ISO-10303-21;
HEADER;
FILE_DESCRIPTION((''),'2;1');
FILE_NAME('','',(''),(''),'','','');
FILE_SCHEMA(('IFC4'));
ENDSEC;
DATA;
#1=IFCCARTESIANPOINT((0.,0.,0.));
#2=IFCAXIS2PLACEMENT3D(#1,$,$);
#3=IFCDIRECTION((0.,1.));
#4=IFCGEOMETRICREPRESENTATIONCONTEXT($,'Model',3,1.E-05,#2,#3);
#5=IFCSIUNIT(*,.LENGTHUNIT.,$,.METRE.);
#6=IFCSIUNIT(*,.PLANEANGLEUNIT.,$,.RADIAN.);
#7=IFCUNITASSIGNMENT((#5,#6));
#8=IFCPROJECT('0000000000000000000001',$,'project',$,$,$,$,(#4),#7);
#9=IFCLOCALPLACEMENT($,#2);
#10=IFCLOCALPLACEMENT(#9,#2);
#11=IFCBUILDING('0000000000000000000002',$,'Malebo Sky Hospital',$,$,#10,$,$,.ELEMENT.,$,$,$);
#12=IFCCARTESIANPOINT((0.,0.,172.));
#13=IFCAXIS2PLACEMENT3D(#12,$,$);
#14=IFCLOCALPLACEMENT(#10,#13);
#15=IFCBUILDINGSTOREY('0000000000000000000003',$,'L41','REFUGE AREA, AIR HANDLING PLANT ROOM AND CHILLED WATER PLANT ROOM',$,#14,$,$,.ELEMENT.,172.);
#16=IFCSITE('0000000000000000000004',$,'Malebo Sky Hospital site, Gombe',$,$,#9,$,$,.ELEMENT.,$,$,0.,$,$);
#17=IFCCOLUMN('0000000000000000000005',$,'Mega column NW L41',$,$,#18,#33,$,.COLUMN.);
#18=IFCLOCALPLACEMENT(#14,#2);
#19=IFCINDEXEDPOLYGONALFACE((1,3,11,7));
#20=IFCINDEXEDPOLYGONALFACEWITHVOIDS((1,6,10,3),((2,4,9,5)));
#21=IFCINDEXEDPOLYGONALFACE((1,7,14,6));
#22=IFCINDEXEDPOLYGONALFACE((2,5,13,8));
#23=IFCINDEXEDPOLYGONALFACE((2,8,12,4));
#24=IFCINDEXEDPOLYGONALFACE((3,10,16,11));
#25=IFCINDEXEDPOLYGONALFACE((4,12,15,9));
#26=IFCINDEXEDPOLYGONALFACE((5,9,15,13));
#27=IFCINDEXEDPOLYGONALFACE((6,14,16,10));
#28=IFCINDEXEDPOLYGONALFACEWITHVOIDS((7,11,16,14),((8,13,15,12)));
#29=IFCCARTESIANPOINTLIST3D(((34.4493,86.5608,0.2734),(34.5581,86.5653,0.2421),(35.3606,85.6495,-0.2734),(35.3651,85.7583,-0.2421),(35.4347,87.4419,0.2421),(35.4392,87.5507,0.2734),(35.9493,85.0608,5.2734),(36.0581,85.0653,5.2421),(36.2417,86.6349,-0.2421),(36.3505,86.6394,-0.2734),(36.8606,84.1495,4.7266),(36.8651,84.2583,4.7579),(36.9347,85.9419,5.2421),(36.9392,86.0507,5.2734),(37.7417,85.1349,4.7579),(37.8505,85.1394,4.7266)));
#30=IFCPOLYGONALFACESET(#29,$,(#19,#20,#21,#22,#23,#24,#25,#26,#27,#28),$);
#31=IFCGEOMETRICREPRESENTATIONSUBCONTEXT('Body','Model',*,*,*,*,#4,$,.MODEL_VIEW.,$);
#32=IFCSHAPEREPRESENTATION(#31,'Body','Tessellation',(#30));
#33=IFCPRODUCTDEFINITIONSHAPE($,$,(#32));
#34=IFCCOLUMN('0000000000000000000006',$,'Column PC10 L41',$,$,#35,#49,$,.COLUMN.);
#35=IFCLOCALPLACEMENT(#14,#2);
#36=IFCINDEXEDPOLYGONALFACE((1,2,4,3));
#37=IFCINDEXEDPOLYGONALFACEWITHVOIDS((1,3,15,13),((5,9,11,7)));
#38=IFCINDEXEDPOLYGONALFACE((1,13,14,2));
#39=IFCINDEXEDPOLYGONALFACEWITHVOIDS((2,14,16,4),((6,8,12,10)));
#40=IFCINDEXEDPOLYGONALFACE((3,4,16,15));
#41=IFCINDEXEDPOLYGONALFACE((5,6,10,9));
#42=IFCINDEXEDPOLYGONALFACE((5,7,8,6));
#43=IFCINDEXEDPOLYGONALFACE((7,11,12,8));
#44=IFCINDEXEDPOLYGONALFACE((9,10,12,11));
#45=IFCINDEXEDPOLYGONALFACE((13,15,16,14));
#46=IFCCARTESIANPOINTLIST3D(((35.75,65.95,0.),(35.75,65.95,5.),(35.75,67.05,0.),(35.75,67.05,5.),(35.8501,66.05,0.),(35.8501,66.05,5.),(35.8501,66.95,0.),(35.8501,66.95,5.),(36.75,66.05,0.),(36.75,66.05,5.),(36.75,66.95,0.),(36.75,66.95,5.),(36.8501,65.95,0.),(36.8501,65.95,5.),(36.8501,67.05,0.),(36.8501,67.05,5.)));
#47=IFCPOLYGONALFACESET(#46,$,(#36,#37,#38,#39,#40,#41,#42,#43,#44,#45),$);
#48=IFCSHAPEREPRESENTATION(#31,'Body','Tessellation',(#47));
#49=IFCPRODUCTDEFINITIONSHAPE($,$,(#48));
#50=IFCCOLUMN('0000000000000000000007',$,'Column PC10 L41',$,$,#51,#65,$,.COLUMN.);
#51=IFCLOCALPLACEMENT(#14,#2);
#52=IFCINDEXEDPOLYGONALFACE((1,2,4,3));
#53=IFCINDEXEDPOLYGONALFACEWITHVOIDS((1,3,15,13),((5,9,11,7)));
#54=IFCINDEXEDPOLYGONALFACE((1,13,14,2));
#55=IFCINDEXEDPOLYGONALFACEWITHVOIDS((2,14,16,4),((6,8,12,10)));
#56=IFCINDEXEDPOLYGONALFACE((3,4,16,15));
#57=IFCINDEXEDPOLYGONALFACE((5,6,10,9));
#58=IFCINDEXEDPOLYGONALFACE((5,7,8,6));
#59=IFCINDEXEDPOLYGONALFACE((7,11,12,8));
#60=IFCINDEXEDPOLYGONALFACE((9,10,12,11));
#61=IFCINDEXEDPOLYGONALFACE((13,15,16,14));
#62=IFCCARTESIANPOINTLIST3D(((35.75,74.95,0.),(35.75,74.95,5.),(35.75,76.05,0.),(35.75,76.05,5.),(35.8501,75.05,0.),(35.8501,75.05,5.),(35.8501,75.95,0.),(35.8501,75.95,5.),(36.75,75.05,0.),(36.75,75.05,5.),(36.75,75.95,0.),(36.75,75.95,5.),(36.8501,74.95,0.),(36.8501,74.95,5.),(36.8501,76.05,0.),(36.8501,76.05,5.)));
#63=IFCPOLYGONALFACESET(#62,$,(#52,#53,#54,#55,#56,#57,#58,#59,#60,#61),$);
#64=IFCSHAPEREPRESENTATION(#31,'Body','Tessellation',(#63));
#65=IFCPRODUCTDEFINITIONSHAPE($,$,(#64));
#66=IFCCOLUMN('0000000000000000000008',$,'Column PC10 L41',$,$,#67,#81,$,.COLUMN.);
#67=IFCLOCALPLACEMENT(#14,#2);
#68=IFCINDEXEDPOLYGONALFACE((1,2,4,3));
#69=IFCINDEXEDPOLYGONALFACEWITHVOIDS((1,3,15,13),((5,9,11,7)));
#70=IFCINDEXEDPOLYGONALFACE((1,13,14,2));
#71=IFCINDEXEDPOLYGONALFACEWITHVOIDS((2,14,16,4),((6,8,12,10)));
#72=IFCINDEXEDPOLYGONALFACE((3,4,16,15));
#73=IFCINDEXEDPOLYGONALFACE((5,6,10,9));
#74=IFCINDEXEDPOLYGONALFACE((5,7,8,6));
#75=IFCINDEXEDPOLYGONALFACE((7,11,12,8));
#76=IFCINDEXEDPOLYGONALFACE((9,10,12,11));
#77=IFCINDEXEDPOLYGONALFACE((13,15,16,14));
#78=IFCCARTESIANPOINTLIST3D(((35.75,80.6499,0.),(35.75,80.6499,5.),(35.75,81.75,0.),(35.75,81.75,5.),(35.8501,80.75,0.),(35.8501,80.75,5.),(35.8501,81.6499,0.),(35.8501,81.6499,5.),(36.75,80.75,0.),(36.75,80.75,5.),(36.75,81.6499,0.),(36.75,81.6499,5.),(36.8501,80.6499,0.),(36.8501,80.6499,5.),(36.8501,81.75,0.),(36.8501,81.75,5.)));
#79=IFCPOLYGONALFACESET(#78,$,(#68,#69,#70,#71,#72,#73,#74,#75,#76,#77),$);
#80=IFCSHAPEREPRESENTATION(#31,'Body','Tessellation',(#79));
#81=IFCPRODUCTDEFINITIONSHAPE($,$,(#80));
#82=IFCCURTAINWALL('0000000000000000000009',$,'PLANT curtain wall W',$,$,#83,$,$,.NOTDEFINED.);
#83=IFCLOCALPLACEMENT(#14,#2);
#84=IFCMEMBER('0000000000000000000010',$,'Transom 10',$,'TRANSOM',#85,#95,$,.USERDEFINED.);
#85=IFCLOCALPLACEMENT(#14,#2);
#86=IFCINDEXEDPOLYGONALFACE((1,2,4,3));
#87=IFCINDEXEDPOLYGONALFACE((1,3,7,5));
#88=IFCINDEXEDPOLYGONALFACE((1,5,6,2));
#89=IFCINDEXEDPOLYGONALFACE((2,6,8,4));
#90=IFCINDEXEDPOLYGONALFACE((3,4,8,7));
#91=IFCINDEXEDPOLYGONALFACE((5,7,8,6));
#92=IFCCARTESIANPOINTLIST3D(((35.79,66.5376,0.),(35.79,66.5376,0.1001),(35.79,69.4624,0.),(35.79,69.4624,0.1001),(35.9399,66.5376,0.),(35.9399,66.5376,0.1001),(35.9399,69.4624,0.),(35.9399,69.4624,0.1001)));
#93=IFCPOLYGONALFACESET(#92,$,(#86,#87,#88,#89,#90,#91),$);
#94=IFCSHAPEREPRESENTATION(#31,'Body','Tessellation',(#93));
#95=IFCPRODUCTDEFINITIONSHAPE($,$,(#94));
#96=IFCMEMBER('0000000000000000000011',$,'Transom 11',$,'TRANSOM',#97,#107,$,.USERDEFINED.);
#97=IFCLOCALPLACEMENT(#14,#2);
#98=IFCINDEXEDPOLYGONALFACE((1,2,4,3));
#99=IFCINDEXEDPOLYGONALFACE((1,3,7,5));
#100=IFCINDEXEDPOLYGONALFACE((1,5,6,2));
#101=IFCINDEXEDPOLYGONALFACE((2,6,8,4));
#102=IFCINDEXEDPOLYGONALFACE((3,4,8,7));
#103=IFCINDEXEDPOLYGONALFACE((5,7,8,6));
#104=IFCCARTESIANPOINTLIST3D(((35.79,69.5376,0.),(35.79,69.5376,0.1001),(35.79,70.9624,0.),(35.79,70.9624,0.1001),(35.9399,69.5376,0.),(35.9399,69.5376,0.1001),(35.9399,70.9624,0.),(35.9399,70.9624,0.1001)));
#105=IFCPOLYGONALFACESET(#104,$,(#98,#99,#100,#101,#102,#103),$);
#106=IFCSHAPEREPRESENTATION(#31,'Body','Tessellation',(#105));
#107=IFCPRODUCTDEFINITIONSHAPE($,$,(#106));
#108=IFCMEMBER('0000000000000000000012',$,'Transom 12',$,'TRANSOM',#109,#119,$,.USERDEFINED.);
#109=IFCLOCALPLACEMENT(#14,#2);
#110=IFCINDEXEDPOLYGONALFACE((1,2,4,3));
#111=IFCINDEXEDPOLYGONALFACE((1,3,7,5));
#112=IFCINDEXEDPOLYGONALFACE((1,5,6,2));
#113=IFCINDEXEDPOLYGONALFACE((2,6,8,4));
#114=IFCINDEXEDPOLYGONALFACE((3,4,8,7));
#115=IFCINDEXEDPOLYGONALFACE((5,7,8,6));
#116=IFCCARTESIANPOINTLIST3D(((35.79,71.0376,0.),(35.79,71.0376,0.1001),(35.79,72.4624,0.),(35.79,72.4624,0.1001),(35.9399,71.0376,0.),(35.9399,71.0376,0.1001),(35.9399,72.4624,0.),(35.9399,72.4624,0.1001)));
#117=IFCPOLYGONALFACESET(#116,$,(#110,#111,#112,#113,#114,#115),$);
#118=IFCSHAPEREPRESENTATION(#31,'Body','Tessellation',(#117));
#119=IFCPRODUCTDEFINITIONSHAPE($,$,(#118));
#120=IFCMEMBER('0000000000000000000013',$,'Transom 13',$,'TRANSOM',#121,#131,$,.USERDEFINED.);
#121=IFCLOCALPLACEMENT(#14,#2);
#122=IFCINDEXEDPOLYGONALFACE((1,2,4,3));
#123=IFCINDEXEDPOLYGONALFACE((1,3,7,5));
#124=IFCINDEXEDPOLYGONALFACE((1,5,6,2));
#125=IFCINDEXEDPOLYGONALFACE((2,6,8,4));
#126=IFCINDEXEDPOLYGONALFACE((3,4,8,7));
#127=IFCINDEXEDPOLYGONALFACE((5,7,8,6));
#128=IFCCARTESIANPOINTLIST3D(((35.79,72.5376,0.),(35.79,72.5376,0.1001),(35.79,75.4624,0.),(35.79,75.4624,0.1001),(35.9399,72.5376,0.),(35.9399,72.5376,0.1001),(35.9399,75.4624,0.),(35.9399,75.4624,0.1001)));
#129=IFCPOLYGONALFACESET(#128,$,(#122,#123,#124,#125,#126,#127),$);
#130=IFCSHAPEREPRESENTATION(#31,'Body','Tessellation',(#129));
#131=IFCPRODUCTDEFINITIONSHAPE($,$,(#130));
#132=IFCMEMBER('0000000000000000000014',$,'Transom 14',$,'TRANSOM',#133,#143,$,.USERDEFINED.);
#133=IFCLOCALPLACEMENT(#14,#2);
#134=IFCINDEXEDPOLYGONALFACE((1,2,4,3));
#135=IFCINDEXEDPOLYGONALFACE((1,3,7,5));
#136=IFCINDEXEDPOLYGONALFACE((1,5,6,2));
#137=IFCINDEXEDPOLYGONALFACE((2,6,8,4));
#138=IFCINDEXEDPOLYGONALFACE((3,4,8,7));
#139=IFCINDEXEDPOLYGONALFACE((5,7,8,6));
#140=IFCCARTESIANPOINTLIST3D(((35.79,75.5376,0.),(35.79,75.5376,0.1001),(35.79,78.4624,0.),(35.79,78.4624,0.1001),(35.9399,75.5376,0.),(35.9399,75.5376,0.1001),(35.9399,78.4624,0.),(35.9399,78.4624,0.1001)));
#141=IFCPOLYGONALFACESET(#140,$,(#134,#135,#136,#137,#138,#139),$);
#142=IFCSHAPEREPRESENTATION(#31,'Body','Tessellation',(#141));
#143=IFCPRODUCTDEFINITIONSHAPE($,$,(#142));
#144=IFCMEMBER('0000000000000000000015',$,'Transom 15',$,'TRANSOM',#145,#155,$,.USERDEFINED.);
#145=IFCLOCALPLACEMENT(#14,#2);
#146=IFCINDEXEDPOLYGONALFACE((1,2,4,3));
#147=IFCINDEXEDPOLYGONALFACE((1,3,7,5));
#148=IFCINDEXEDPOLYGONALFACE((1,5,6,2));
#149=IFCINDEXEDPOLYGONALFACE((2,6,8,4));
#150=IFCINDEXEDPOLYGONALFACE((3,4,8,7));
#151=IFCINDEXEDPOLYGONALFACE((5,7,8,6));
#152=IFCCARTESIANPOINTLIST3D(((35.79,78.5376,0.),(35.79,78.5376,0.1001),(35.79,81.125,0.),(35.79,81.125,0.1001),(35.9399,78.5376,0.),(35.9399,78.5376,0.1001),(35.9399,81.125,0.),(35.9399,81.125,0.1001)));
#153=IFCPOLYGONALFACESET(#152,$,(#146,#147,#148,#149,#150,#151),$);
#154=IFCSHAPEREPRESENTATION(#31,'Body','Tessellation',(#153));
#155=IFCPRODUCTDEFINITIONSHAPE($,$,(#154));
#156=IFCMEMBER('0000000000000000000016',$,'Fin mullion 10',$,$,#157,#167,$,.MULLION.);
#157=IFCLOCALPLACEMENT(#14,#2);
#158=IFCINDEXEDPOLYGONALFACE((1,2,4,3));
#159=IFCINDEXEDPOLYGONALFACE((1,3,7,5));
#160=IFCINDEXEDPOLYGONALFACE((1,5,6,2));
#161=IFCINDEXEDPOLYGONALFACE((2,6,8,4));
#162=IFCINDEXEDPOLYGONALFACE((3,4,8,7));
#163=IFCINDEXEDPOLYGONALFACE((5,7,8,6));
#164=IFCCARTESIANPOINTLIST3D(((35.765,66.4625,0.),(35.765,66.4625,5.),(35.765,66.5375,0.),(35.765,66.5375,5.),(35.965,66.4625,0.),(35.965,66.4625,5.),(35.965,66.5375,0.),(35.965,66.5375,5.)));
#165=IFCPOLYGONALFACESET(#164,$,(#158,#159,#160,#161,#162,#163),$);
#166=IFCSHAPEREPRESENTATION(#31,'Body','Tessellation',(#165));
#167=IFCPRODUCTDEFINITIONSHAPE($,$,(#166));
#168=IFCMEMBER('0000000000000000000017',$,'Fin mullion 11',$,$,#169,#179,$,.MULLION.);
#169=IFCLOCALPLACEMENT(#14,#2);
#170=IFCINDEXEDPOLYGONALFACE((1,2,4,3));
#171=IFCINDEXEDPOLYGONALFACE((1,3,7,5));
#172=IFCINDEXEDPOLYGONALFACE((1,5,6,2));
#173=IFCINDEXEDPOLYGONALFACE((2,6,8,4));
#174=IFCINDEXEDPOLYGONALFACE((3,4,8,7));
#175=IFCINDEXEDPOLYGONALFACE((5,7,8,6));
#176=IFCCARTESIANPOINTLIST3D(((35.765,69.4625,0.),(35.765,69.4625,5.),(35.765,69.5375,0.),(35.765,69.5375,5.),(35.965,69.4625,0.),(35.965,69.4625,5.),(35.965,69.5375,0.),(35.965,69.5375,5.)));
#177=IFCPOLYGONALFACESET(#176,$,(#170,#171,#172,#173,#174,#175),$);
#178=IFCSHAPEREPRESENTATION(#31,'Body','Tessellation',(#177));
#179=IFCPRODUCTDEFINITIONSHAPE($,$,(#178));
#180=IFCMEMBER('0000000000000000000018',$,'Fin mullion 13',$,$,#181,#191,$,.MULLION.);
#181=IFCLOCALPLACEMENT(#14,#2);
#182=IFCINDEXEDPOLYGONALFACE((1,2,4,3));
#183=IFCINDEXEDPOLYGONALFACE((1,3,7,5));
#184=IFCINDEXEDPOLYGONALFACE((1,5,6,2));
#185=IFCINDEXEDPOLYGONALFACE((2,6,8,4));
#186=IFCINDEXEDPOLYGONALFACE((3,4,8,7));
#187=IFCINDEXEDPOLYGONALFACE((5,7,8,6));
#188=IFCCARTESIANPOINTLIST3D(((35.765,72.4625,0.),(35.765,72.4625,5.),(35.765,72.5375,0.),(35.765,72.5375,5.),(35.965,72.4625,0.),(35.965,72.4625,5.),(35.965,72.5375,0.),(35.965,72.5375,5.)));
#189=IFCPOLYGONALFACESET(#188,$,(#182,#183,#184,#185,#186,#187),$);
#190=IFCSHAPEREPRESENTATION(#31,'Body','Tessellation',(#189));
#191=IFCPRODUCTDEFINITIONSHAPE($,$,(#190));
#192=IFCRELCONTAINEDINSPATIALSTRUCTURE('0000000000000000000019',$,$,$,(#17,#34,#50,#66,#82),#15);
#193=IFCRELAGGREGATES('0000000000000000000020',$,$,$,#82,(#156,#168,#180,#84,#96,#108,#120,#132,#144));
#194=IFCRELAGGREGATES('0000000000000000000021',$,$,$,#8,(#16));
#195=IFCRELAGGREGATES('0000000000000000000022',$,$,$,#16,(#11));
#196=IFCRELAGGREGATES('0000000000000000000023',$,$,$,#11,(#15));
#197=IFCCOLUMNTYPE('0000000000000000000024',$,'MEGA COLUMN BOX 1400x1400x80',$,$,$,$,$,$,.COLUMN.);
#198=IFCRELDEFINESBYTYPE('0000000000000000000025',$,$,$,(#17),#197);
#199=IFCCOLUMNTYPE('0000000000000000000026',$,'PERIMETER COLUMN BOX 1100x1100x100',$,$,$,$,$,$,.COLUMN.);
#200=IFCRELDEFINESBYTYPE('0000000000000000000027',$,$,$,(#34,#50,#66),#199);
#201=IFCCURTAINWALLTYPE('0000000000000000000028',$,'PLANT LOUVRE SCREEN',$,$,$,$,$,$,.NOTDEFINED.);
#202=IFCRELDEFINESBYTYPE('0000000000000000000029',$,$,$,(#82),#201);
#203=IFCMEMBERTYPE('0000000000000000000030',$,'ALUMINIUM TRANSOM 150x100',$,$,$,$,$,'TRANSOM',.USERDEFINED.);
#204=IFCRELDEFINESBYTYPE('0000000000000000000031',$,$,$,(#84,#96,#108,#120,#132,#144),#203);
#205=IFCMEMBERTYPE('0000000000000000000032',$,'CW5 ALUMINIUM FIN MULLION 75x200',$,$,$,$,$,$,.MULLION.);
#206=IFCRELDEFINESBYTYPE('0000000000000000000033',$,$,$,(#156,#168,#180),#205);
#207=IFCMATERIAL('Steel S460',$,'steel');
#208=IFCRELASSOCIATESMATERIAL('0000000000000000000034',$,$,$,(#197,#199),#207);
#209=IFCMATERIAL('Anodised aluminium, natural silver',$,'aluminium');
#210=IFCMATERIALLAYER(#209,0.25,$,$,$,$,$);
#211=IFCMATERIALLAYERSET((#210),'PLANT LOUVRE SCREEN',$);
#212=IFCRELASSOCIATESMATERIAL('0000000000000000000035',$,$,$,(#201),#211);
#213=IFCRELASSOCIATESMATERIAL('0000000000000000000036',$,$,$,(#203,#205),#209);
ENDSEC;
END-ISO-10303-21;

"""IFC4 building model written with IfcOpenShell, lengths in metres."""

from ifc_helpers import new_model, si_unit, direction, frame, origin, origin_2d, place, context, subcontext, project, spatial, rectangle, hollow_rectangle, extrude, material, layer, layer_set, material_profile, profile_set, type_object, element, aggregate, save


model = new_model("IFC4")

# Units and contexts
model_context = context("Model", 3, precision=1e-05, world=origin(), true_north=direction((0.0, 1.0)))
body_context = subcontext(model_context, "Body", "Model", "MODEL_VIEW")
ifc_project = project(units=[si_unit("LENGTHUNIT", "METRE"), si_unit("PLANEANGLEUNIT", "RADIAN")], contexts=[model_context])

# Site, building, storey
site_placement = place(None, origin())
site = spatial("IfcSite", under=ifc_project, at=site_placement, Name="Malebo Sky Hospital site, Gombe", CompositionType="ELEMENT", RefElevation=0.0)
building_placement = place(site_placement, origin())
building = spatial("IfcBuilding", under=site, at=building_placement, Name="Malebo Sky Hospital", CompositionType="ELEMENT")
storey_placement = place(building_placement, frame((0.0, 0.0, 172.0)))
storey = spatial("IfcBuildingStorey", under=building, at=storey_placement, Name="L41", Description="REFUGE AREA, AIR HANDLING PLANT ROOM AND CHILLED WATER PLANT ROOM", CompositionType="ELEMENT", Elevation=172.0)

# Columns
ifc_material_1 = material(Name="Steel S460", Category="steel")
ifc_material_profile_1 = material_profile(ifc_material_1, hollow_rectangle(XDim=1.3999, YDim=1.3999, WallThickness=0.0801, at=origin_2d()), Name="BOX 1400x1400x80")
ifc_profile_set_1 = profile_set([ifc_material_profile_1], Name="Steel S460")
column_type_1 = type_object("IfcColumnType", Name="MEGA COLUMN BOX 1400x1400x80", PredefinedType="COLUMN", material=ifc_profile_set_1)
column_placement = place(storey_placement, frame((35.3999, 86.6001, 0.0), z_axis=(0.276172, -0.276172, 0.920575), x_axis=(0.707107, 0.707107, 0.0)))
element("IfcColumn", 1, at=column_placement, inside=storey, type_object=column_type_1, Name="Mega column NW L41", PredefinedType="COLUMN", context=body_context, shape_type="SweptSolid", body=[
    extrude(hollow_rectangle(XDim=1.3999, YDim=1.3999, WallThickness=0.0801, at=origin_2d()), origin(), (0.0, 0.0, 1.0), 5.4314),
])
ifc_material_profile_2 = material_profile(ifc_material_1, hollow_rectangle(XDim=1.1001, YDim=1.1001, WallThickness=0.1001, at=origin_2d()), Name="BOX 1100x1100x100")
ifc_profile_set_2 = profile_set([ifc_material_profile_2], Name="Steel S460")
column_type_2 = type_object("IfcColumnType", Name="PERIMETER COLUMN BOX 1100x1100x100", PredefinedType="COLUMN", material=ifc_profile_set_2)
for number, where, z_axis, x_axis, name in (
    (2, (36.3, 66.5, 0.0), (0.0, 0.0, 1.0), (1.0, 0.0, 0.0), "Column PC10 L41"),
    (3, (36.3, 75.5, 0.0), (0.0, 0.0, 1.0), (1.0, 0.0, 0.0), "Column PC10 L41"),
    (4, (36.3, 81.2, 0.0), (0.0, 0.0, 1.0), (1.0, 0.0, 0.0), "Column PC10 L41"),
):
    element("IfcColumn", number, at=place(storey_placement, frame(where, z_axis=z_axis, x_axis=x_axis)), inside=storey, type_object=column_type_2, Name=name, PredefinedType="COLUMN", context=body_context, shape_type="SweptSolid", body=[
        extrude(hollow_rectangle(XDim=1.1001, YDim=1.1001, WallThickness=0.1001, at=origin_2d()), origin(), (0.0, 0.0, 1.0), 5.0),
    ])

# Curtain wall, members
ifc_material_2 = material(Name="Anodised aluminium, natural silver", Category="aluminium")
ifc_layer_1 = layer(ifc_material_2, 0.25)
ifc_layer_set_1 = layer_set([ifc_layer_1], Name="PLANT LOUVRE SCREEN")
curtain_wall_type = type_object("IfcCurtainWallType", Name="PLANT LOUVRE SCREEN", PredefinedType="NOTDEFINED", material=ifc_layer_set_1)
curtain_wall_placement = place(storey_placement, origin())
curtain_wall = element("IfcCurtainWall", 5, at=curtain_wall_placement, inside=storey, type_object=curtain_wall_type, Name="PLANT curtain wall W", PredefinedType="NOTDEFINED")
ifc_material_profile_3 = material_profile(ifc_material_2, rectangle(XDim=0.1499, YDim=0.1001, at=origin_2d()), Name="ALUMINIUM TRANSOM 150x100")
ifc_profile_set_3 = profile_set([ifc_material_profile_3], Name="Anodised aluminium, natural silver")
member_type_1 = type_object("IfcMemberType", Name="ALUMINIUM TRANSOM 150x100", ElementType="TRANSOM", PredefinedType="USERDEFINED", material=ifc_profile_set_3)
member_1_placement = place(storey_placement, frame((35.865, 66.5376, 0.05), z_axis=(0.0, 1.0, 0.0), x_axis=(-1.0, 0.0, 0.0)))
member_1 = element("IfcMember", 6, at=member_1_placement, type_object=member_type_1, Name="Transom 10", ObjectType="TRANSOM", PredefinedType="USERDEFINED", context=body_context, shape_type="SweptSolid", body=[
    extrude(rectangle(XDim=0.1499, YDim=0.1001, at=origin_2d()), origin(), (0.0, 0.0, 1.0), 2.9248),
])
member_2_placement = place(storey_placement, frame((35.865, 69.5376, 0.05), z_axis=(0.0, 1.0, 0.0), x_axis=(-1.0, 0.0, 0.0)))
member_2 = element("IfcMember", 7, at=member_2_placement, type_object=member_type_1, Name="Transom 11", ObjectType="TRANSOM", PredefinedType="USERDEFINED", context=body_context, shape_type="SweptSolid", body=[
    extrude(rectangle(XDim=0.1499, YDim=0.1001, at=origin_2d()), origin(), (0.0, 0.0, 1.0), 1.4248),
])
member_3_placement = place(storey_placement, frame((35.865, 71.0376, 0.05), z_axis=(0.0, 1.0, 0.0), x_axis=(-1.0, 0.0, 0.0)))
member_3 = element("IfcMember", 8, at=member_3_placement, type_object=member_type_1, Name="Transom 12", ObjectType="TRANSOM", PredefinedType="USERDEFINED", context=body_context, shape_type="SweptSolid", body=[
    extrude(rectangle(XDim=0.1499, YDim=0.1001, at=origin_2d()), origin(), (0.0, 0.0, 1.0), 1.4248),
])
member_4_placement = place(storey_placement, frame((35.865, 72.5376, 0.05), z_axis=(0.0, 1.0, 0.0), x_axis=(-1.0, 0.0, 0.0)))
member_4 = element("IfcMember", 9, at=member_4_placement, type_object=member_type_1, Name="Transom 13", ObjectType="TRANSOM", PredefinedType="USERDEFINED", context=body_context, shape_type="SweptSolid", body=[
    extrude(rectangle(XDim=0.1499, YDim=0.1001, at=origin_2d()), origin(), (0.0, 0.0, 1.0), 2.9248),
])
member_5_placement = place(storey_placement, frame((35.865, 75.5376, 0.05), z_axis=(0.0, 1.0, 0.0), x_axis=(-1.0, 0.0, 0.0)))
member_5 = element("IfcMember", 10, at=member_5_placement, type_object=member_type_1, Name="Transom 14", ObjectType="TRANSOM", PredefinedType="USERDEFINED", context=body_context, shape_type="SweptSolid", body=[
    extrude(rectangle(XDim=0.1499, YDim=0.1001, at=origin_2d()), origin(), (0.0, 0.0, 1.0), 2.9248),
])
member_6_placement = place(storey_placement, frame((35.865, 78.5376, 0.05), z_axis=(0.0, 1.0, 0.0), x_axis=(-1.0, 0.0, 0.0)))
member_6 = element("IfcMember", 11, at=member_6_placement, type_object=member_type_1, Name="Transom 15", ObjectType="TRANSOM", PredefinedType="USERDEFINED", context=body_context, shape_type="SweptSolid", body=[
    extrude(rectangle(XDim=0.1499, YDim=0.1001, at=origin_2d()), origin(), (0.0, 0.0, 1.0), 2.5874),
])
ifc_material_profile_4 = material_profile(ifc_material_2, rectangle(XDim=0.075, YDim=0.2, at=origin_2d()), Name="CW5 ALUMINIUM FIN MULLION 75x200")
ifc_profile_set_4 = profile_set([ifc_material_profile_4], Name="Anodised aluminium, natural silver")
member_type_2 = type_object("IfcMemberType", Name="CW5 ALUMINIUM FIN MULLION 75x200", PredefinedType="MULLION", material=ifc_profile_set_4)
member_7_placement = place(storey_placement, frame((35.865, 66.5, 0.0), z_axis=(0.0, 0.0, 1.0), x_axis=(0.0, 1.0, 0.0)))
member_7 = element("IfcMember", 12, at=member_7_placement, type_object=member_type_2, Name="Fin mullion 10", PredefinedType="MULLION", context=body_context, shape_type="SweptSolid", body=[
    extrude(rectangle(XDim=0.075, YDim=0.2, at=origin_2d()), origin(), (0.0, 0.0, 1.0), 5.0),
])
member_8_placement = place(storey_placement, frame((35.865, 69.5, 0.0), z_axis=(0.0, 0.0, 1.0), x_axis=(0.0, 1.0, 0.0)))
member_8 = element("IfcMember", 13, at=member_8_placement, type_object=member_type_2, Name="Fin mullion 11", PredefinedType="MULLION", context=body_context, shape_type="SweptSolid", body=[
    extrude(rectangle(XDim=0.075, YDim=0.2, at=origin_2d()), origin(), (0.0, 0.0, 1.0), 5.0),
])
member_9_placement = place(storey_placement, frame((35.865, 72.5, 0.0), z_axis=(0.0, 0.0, 1.0), x_axis=(0.0, 1.0, 0.0)))
member_9 = element("IfcMember", 14, at=member_9_placement, type_object=member_type_2, Name="Fin mullion 13", PredefinedType="MULLION", context=body_context, shape_type="SweptSolid", body=[
    extrude(rectangle(XDim=0.075, YDim=0.2, at=origin_2d()), origin(), (0.0, 0.0, 1.0), 5.0),
])
aggregate(curtain_wall, [member_7, member_8, member_9, member_1, member_2, member_3, member_4, member_5, member_6])

save(model, "model.ifc")
